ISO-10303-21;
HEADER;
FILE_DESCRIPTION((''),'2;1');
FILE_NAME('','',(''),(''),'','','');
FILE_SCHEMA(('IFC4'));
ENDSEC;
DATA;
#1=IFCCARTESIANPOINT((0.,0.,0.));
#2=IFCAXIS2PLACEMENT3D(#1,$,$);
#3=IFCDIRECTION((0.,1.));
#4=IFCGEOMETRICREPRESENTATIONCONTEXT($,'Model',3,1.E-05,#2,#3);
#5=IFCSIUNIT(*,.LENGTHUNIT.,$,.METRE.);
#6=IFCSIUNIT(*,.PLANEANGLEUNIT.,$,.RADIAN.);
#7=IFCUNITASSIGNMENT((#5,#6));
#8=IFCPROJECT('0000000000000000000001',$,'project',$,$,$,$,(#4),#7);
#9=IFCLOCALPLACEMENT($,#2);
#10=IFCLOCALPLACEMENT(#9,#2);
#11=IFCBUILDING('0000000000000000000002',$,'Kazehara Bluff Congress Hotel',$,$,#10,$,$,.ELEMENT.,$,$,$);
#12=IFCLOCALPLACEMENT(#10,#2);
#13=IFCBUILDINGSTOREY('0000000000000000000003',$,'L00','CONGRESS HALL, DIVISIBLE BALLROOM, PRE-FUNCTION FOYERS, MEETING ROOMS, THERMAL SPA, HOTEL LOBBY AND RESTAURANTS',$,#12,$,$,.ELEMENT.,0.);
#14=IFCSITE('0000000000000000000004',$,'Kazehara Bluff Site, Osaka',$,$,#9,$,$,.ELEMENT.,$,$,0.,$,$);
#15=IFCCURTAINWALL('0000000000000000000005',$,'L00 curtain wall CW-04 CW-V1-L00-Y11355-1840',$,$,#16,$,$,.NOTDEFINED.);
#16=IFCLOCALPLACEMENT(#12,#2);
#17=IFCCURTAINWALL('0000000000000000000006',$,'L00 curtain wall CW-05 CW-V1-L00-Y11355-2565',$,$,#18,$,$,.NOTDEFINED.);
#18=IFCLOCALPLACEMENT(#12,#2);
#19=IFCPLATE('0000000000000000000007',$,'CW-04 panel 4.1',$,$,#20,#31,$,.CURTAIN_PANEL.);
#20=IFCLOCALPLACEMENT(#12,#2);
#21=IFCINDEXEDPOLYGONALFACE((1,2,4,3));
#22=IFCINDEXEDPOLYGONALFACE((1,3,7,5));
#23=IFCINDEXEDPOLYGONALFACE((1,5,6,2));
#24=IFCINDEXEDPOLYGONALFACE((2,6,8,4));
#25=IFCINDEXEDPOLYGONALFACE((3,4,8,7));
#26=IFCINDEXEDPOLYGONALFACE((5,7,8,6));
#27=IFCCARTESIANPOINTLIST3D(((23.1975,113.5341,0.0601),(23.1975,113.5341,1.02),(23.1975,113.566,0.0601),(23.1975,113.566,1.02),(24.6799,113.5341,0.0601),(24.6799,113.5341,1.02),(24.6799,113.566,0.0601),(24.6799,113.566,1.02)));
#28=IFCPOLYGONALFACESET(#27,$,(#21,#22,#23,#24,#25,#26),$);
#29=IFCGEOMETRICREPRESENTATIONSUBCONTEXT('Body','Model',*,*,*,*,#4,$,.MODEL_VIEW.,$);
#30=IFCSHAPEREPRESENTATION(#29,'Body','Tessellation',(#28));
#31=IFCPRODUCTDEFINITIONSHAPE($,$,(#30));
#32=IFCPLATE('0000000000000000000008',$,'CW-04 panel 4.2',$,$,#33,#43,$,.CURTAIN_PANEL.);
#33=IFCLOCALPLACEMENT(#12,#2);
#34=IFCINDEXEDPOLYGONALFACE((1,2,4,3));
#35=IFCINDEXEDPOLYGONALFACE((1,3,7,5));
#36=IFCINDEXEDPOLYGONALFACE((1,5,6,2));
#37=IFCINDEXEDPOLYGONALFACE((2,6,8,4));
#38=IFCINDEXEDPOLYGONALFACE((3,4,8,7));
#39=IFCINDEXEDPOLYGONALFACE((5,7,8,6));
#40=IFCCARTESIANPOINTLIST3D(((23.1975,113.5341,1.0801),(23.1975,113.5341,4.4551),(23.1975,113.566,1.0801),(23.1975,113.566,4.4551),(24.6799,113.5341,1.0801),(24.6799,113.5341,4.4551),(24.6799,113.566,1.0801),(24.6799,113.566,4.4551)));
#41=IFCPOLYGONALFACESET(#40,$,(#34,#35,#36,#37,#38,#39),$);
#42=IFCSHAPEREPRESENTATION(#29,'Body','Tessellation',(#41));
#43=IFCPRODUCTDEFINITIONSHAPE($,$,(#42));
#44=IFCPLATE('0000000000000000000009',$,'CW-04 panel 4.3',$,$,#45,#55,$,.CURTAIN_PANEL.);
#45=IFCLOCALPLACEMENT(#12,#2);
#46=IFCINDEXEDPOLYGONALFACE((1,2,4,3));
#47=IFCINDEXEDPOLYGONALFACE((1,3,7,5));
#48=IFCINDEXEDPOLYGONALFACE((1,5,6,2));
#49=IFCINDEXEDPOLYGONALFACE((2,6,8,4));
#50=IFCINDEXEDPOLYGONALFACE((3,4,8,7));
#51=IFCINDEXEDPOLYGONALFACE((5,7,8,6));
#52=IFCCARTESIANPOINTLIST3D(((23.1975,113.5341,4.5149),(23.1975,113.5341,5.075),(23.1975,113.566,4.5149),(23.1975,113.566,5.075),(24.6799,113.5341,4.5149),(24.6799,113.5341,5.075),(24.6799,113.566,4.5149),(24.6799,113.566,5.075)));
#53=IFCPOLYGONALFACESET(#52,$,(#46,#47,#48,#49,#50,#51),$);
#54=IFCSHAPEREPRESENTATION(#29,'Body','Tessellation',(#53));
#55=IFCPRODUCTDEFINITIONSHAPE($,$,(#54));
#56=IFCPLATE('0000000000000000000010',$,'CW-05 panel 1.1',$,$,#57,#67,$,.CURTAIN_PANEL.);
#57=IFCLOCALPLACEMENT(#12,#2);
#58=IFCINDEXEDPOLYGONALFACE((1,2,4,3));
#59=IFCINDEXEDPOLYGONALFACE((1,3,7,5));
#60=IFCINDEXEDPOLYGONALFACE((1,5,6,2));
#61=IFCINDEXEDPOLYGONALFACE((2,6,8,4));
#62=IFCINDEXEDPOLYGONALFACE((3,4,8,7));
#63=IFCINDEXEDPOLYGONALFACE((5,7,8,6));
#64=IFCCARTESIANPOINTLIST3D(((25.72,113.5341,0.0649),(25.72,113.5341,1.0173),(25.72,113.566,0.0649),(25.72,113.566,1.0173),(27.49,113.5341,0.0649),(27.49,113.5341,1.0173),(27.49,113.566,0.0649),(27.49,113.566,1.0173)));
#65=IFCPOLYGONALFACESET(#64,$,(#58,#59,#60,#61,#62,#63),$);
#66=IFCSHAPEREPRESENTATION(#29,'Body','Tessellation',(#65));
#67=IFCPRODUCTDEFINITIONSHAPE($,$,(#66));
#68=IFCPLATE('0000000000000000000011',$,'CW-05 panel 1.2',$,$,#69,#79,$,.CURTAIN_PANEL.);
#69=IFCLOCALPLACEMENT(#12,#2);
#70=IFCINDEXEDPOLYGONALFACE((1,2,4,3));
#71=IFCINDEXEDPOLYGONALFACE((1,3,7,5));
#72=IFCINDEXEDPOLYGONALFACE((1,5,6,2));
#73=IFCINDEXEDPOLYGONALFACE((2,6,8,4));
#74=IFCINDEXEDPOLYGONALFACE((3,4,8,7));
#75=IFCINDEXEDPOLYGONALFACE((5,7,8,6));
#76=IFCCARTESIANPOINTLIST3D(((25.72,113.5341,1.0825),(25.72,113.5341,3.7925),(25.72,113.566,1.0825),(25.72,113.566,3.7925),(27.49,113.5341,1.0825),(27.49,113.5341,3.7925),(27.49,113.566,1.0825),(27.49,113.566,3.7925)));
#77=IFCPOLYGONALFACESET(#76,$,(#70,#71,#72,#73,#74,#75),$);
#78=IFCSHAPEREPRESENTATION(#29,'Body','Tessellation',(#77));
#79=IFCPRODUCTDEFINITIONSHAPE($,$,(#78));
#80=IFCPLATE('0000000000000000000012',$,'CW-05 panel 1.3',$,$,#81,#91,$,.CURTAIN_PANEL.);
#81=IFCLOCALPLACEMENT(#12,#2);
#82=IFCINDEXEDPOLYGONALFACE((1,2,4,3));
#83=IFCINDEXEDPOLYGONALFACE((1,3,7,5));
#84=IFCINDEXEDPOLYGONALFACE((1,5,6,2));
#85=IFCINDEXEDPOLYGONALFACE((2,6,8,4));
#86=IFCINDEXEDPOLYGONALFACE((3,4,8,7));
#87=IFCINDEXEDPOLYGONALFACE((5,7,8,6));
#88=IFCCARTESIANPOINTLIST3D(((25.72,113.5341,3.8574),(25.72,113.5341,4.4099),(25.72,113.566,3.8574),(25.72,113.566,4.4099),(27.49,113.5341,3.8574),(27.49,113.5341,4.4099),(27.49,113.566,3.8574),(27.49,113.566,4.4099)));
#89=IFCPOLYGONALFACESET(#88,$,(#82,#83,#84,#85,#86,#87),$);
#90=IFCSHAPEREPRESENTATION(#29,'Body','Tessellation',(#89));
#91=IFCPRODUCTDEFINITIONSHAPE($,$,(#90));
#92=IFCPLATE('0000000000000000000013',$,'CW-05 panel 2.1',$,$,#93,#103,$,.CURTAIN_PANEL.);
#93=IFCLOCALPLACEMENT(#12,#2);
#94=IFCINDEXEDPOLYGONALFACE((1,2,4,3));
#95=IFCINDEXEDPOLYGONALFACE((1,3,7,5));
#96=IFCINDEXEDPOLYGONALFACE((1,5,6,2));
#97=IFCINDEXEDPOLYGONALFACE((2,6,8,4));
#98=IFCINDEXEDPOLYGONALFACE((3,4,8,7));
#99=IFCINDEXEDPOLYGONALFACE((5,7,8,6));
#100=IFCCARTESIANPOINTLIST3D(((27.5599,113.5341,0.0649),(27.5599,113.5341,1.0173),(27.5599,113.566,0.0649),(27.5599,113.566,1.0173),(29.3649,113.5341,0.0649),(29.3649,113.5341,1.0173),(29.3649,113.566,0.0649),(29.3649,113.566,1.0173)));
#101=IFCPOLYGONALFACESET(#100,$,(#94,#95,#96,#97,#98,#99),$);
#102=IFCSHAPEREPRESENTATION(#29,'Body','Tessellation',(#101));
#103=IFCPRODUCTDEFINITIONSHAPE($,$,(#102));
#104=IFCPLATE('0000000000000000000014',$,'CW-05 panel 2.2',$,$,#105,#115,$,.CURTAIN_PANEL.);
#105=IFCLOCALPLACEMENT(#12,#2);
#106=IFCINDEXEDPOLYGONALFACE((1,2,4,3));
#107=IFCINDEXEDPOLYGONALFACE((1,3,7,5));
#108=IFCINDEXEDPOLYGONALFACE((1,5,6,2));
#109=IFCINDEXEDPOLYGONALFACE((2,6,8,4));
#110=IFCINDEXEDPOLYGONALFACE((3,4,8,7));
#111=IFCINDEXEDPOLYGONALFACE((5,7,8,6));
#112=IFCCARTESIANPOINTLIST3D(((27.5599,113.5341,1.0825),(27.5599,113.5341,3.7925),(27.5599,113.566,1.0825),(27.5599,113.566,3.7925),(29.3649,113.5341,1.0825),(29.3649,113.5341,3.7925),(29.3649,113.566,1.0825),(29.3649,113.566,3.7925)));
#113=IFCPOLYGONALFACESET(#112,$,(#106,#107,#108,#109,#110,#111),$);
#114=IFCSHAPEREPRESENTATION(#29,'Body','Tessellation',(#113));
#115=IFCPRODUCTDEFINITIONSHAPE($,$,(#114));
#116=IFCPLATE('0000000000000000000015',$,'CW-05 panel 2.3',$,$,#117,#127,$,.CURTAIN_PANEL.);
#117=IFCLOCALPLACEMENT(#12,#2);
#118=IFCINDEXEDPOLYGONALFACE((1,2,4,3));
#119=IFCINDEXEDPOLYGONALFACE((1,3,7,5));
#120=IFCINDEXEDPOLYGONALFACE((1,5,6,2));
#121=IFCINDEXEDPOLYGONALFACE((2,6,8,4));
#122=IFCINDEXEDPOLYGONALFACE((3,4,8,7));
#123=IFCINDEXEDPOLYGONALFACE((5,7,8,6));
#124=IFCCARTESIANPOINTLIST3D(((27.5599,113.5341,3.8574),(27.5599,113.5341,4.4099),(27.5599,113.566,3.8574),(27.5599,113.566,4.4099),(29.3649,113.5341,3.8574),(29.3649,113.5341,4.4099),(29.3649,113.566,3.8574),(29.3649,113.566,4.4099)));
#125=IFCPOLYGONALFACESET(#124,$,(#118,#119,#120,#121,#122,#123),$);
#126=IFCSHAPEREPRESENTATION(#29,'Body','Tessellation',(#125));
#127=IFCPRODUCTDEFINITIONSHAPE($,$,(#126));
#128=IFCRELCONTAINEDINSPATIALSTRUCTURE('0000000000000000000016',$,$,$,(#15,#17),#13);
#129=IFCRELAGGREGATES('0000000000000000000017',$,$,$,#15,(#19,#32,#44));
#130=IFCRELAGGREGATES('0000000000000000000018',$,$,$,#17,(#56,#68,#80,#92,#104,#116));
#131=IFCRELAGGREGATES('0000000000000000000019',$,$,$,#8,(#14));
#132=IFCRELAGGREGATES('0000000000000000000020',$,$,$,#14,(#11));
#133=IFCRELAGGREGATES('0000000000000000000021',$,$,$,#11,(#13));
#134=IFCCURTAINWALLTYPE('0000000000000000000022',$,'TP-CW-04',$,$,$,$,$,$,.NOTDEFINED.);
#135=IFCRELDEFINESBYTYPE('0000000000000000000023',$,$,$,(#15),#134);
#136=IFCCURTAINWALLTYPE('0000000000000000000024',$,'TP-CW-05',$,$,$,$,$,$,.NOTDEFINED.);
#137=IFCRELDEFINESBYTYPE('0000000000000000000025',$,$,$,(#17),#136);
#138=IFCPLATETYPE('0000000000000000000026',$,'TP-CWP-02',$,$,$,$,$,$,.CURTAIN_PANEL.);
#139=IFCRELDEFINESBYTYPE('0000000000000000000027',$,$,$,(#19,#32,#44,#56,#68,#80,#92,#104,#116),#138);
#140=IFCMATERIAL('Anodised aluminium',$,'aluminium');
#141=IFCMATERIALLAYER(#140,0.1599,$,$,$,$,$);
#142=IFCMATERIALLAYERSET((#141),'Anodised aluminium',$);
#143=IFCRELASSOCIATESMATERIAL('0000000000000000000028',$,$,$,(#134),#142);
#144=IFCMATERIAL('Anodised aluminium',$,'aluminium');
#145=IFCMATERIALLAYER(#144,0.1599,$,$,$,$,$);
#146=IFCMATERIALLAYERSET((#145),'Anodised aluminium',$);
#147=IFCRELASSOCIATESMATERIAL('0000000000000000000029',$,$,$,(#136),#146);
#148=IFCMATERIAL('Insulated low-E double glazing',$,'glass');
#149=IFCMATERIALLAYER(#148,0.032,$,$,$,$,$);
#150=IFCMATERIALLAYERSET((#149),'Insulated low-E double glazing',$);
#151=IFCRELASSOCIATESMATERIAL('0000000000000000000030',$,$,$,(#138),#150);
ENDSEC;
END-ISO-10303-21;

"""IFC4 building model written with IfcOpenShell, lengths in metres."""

from ifc_helpers import new_model, si_unit, direction, frame, origin, origin_2d, place, context, subcontext, project, spatial, rectangle, extrude, material, layer, layer_set, type_object, element, aggregate, save


model = new_model("IFC4")

# Units and contexts
model_context = context("Model", 3, precision=1e-05, world=origin(), true_north=direction((0.0, 1.0)))
body_context = subcontext(model_context, "Body", "Model", "MODEL_VIEW")
ifc_project = project(units=[si_unit("LENGTHUNIT", "METRE"), si_unit("PLANEANGLEUNIT", "RADIAN")], contexts=[model_context])

# Site, building, storey
site_placement = place(None, origin())
site = spatial("IfcSite", under=ifc_project, at=site_placement, Name="Kazehara Bluff Site, Osaka", CompositionType="ELEMENT", RefElevation=0.0)
building_placement = place(site_placement, origin())
building = spatial("IfcBuilding", under=site, at=building_placement, Name="Kazehara Bluff Congress Hotel", CompositionType="ELEMENT")
storey_placement = place(building_placement, origin())
storey = spatial("IfcBuildingStorey", under=building, at=storey_placement, Name="L00", Description="CONGRESS HALL, DIVISIBLE BALLROOM, PRE-FUNCTION FOYERS, MEETING ROOMS, THERMAL SPA, HOTEL LOBBY AND RESTAURANTS", CompositionType="ELEMENT", Elevation=0.0)

# Curtain wall
ifc_material_1 = material(Name="Anodised aluminium", Category="aluminium")
ifc_layer_1 = layer(ifc_material_1, 0.1599)
ifc_layer_set_1 = layer_set([ifc_layer_1], Name="Anodised aluminium")
curtain_wall_type_1 = type_object("IfcCurtainWallType", Name="TP-CW-04", PredefinedType="NOTDEFINED", material=ifc_layer_set_1)
curtain_wall_1_placement = place(storey_placement, origin())
curtain_wall_1 = element("IfcCurtainWall", 1, at=curtain_wall_1_placement, inside=storey, type_object=curtain_wall_type_1, Name="L00 curtain wall CW-04 CW-V1-L00-Y11355-1840", PredefinedType="NOTDEFINED")

# Curtain wall
ifc_material_2 = material(Name="Anodised aluminium", Category="aluminium")
ifc_layer_2 = layer(ifc_material_2, 0.1599)
ifc_layer_set_2 = layer_set([ifc_layer_2], Name="Anodised aluminium")
curtain_wall_type_2 = type_object("IfcCurtainWallType", Name="TP-CW-05", PredefinedType="NOTDEFINED", material=ifc_layer_set_2)
curtain_wall_2_placement = place(storey_placement, origin())
curtain_wall_2 = element("IfcCurtainWall", 2, at=curtain_wall_2_placement, inside=storey, type_object=curtain_wall_type_2, Name="L00 curtain wall CW-05 CW-V1-L00-Y11355-2565", PredefinedType="NOTDEFINED")

# Plates
ifc_material_3 = material(Name="Insulated low-E double glazing", Category="glass")
ifc_layer_3 = layer(ifc_material_3, 0.032)
ifc_layer_set_3 = layer_set([ifc_layer_3], Name="Insulated low-E double glazing")
plate_type = type_object("IfcPlateType", Name="TP-CWP-02", PredefinedType="CURTAIN_PANEL", material=ifc_layer_set_3)
plate_1_placement = place(storey_placement, frame((23.9387, 113.55, 0.0601), z_axis=(0.0, 0.0, 1.0), x_axis=(1.0, 0.0, 0.0)))
plate_1 = element("IfcPlate", 3, at=plate_1_placement, type_object=plate_type, Name="CW-04 panel 4.1", PredefinedType="CURTAIN_PANEL", context=body_context, shape_type="SweptSolid", body=[
    extrude(rectangle(XDim=1.4824, YDim=0.032, at=origin_2d()), origin(), (0.0, 0.0, 1.0), 0.96),
])
plate_2_placement = place(storey_placement, frame((23.9387, 113.55, 1.0801), z_axis=(0.0, 0.0, 1.0), x_axis=(1.0, 0.0, 0.0)))
plate_2 = element("IfcPlate", 4, at=plate_2_placement, type_object=plate_type, Name="CW-04 panel 4.2", PredefinedType="CURTAIN_PANEL", context=body_context, shape_type="SweptSolid", body=[
    extrude(rectangle(XDim=1.4824, YDim=0.032, at=origin_2d()), origin(), (0.0, 0.0, 1.0), 3.375),
])
plate_3_placement = place(storey_placement, frame((23.9387, 113.55, 4.5149), z_axis=(0.0, 0.0, 1.0), x_axis=(1.0, 0.0, 0.0)))
plate_3 = element("IfcPlate", 5, at=plate_3_placement, type_object=plate_type, Name="CW-04 panel 4.3", PredefinedType="CURTAIN_PANEL", context=body_context, shape_type="SweptSolid", body=[
    extrude(rectangle(XDim=1.4824, YDim=0.032, at=origin_2d()), origin(), (0.0, 0.0, 1.0), 0.5601),
])
aggregate(curtain_wall_1, [plate_1, plate_2, plate_3])
plate_4_placement = place(storey_placement, frame((26.605, 113.55, 0.0649), z_axis=(0.0, 0.0, 1.0), x_axis=(1.0, 0.0, 0.0)))
plate_4 = element("IfcPlate", 6, at=plate_4_placement, type_object=plate_type, Name="CW-05 panel 1.1", PredefinedType="CURTAIN_PANEL", context=body_context, shape_type="SweptSolid", body=[
    extrude(rectangle(XDim=1.77, YDim=0.032, at=origin_2d()), origin(), (0.0, 0.0, 1.0), 0.9524),
])
plate_5_placement = place(storey_placement, frame((26.605, 113.55, 1.0825), z_axis=(0.0, 0.0, 1.0), x_axis=(1.0, 0.0, 0.0)))
plate_5 = element("IfcPlate", 7, at=plate_5_placement, type_object=plate_type, Name="CW-05 panel 1.2", PredefinedType="CURTAIN_PANEL", context=body_context, shape_type="SweptSolid", body=[
    extrude(rectangle(XDim=1.77, YDim=0.032, at=origin_2d()), origin(), (0.0, 0.0, 1.0), 2.71),
])
plate_6_placement = place(storey_placement, frame((26.605, 113.55, 3.8574), z_axis=(0.0, 0.0, 1.0), x_axis=(1.0, 0.0, 0.0)))
plate_6 = element("IfcPlate", 8, at=plate_6_placement, type_object=plate_type, Name="CW-05 panel 1.3", PredefinedType="CURTAIN_PANEL", context=body_context, shape_type="SweptSolid", body=[
    extrude(rectangle(XDim=1.77, YDim=0.032, at=origin_2d()), origin(), (0.0, 0.0, 1.0), 0.5525),
])
plate_7_placement = place(storey_placement, frame((28.4624, 113.55, 0.0649), z_axis=(0.0, 0.0, 1.0), x_axis=(1.0, 0.0, 0.0)))
plate_7 = element("IfcPlate", 9, at=plate_7_placement, type_object=plate_type, Name="CW-05 panel 2.1", PredefinedType="CURTAIN_PANEL", context=body_context, shape_type="SweptSolid", body=[
    extrude(rectangle(XDim=1.8049, YDim=0.032, at=origin_2d()), origin(), (0.0, 0.0, 1.0), 0.9524),
])
plate_8_placement = place(storey_placement, frame((28.4624, 113.55, 1.0825), z_axis=(0.0, 0.0, 1.0), x_axis=(1.0, 0.0, 0.0)))
plate_8 = element("IfcPlate", 10, at=plate_8_placement, type_object=plate_type, Name="CW-05 panel 2.2", PredefinedType="CURTAIN_PANEL", context=body_context, shape_type="SweptSolid", body=[
    extrude(rectangle(XDim=1.8049, YDim=0.032, at=origin_2d()), origin(), (0.0, 0.0, 1.0), 2.71),
])
plate_9_placement = place(storey_placement, frame((28.4624, 113.55, 3.8574), z_axis=(0.0, 0.0, 1.0), x_axis=(1.0, 0.0, 0.0)))
plate_9 = element("IfcPlate", 11, at=plate_9_placement, type_object=plate_type, Name="CW-05 panel 2.3", PredefinedType="CURTAIN_PANEL", context=body_context, shape_type="SweptSolid", body=[
    extrude(rectangle(XDim=1.8049, YDim=0.032, at=origin_2d()), origin(), (0.0, 0.0, 1.0), 0.5525),
])
aggregate(curtain_wall_2, [plate_4, plate_5, plate_6, plate_7, plate_8, plate_9])

save(model, "model.ifc")
